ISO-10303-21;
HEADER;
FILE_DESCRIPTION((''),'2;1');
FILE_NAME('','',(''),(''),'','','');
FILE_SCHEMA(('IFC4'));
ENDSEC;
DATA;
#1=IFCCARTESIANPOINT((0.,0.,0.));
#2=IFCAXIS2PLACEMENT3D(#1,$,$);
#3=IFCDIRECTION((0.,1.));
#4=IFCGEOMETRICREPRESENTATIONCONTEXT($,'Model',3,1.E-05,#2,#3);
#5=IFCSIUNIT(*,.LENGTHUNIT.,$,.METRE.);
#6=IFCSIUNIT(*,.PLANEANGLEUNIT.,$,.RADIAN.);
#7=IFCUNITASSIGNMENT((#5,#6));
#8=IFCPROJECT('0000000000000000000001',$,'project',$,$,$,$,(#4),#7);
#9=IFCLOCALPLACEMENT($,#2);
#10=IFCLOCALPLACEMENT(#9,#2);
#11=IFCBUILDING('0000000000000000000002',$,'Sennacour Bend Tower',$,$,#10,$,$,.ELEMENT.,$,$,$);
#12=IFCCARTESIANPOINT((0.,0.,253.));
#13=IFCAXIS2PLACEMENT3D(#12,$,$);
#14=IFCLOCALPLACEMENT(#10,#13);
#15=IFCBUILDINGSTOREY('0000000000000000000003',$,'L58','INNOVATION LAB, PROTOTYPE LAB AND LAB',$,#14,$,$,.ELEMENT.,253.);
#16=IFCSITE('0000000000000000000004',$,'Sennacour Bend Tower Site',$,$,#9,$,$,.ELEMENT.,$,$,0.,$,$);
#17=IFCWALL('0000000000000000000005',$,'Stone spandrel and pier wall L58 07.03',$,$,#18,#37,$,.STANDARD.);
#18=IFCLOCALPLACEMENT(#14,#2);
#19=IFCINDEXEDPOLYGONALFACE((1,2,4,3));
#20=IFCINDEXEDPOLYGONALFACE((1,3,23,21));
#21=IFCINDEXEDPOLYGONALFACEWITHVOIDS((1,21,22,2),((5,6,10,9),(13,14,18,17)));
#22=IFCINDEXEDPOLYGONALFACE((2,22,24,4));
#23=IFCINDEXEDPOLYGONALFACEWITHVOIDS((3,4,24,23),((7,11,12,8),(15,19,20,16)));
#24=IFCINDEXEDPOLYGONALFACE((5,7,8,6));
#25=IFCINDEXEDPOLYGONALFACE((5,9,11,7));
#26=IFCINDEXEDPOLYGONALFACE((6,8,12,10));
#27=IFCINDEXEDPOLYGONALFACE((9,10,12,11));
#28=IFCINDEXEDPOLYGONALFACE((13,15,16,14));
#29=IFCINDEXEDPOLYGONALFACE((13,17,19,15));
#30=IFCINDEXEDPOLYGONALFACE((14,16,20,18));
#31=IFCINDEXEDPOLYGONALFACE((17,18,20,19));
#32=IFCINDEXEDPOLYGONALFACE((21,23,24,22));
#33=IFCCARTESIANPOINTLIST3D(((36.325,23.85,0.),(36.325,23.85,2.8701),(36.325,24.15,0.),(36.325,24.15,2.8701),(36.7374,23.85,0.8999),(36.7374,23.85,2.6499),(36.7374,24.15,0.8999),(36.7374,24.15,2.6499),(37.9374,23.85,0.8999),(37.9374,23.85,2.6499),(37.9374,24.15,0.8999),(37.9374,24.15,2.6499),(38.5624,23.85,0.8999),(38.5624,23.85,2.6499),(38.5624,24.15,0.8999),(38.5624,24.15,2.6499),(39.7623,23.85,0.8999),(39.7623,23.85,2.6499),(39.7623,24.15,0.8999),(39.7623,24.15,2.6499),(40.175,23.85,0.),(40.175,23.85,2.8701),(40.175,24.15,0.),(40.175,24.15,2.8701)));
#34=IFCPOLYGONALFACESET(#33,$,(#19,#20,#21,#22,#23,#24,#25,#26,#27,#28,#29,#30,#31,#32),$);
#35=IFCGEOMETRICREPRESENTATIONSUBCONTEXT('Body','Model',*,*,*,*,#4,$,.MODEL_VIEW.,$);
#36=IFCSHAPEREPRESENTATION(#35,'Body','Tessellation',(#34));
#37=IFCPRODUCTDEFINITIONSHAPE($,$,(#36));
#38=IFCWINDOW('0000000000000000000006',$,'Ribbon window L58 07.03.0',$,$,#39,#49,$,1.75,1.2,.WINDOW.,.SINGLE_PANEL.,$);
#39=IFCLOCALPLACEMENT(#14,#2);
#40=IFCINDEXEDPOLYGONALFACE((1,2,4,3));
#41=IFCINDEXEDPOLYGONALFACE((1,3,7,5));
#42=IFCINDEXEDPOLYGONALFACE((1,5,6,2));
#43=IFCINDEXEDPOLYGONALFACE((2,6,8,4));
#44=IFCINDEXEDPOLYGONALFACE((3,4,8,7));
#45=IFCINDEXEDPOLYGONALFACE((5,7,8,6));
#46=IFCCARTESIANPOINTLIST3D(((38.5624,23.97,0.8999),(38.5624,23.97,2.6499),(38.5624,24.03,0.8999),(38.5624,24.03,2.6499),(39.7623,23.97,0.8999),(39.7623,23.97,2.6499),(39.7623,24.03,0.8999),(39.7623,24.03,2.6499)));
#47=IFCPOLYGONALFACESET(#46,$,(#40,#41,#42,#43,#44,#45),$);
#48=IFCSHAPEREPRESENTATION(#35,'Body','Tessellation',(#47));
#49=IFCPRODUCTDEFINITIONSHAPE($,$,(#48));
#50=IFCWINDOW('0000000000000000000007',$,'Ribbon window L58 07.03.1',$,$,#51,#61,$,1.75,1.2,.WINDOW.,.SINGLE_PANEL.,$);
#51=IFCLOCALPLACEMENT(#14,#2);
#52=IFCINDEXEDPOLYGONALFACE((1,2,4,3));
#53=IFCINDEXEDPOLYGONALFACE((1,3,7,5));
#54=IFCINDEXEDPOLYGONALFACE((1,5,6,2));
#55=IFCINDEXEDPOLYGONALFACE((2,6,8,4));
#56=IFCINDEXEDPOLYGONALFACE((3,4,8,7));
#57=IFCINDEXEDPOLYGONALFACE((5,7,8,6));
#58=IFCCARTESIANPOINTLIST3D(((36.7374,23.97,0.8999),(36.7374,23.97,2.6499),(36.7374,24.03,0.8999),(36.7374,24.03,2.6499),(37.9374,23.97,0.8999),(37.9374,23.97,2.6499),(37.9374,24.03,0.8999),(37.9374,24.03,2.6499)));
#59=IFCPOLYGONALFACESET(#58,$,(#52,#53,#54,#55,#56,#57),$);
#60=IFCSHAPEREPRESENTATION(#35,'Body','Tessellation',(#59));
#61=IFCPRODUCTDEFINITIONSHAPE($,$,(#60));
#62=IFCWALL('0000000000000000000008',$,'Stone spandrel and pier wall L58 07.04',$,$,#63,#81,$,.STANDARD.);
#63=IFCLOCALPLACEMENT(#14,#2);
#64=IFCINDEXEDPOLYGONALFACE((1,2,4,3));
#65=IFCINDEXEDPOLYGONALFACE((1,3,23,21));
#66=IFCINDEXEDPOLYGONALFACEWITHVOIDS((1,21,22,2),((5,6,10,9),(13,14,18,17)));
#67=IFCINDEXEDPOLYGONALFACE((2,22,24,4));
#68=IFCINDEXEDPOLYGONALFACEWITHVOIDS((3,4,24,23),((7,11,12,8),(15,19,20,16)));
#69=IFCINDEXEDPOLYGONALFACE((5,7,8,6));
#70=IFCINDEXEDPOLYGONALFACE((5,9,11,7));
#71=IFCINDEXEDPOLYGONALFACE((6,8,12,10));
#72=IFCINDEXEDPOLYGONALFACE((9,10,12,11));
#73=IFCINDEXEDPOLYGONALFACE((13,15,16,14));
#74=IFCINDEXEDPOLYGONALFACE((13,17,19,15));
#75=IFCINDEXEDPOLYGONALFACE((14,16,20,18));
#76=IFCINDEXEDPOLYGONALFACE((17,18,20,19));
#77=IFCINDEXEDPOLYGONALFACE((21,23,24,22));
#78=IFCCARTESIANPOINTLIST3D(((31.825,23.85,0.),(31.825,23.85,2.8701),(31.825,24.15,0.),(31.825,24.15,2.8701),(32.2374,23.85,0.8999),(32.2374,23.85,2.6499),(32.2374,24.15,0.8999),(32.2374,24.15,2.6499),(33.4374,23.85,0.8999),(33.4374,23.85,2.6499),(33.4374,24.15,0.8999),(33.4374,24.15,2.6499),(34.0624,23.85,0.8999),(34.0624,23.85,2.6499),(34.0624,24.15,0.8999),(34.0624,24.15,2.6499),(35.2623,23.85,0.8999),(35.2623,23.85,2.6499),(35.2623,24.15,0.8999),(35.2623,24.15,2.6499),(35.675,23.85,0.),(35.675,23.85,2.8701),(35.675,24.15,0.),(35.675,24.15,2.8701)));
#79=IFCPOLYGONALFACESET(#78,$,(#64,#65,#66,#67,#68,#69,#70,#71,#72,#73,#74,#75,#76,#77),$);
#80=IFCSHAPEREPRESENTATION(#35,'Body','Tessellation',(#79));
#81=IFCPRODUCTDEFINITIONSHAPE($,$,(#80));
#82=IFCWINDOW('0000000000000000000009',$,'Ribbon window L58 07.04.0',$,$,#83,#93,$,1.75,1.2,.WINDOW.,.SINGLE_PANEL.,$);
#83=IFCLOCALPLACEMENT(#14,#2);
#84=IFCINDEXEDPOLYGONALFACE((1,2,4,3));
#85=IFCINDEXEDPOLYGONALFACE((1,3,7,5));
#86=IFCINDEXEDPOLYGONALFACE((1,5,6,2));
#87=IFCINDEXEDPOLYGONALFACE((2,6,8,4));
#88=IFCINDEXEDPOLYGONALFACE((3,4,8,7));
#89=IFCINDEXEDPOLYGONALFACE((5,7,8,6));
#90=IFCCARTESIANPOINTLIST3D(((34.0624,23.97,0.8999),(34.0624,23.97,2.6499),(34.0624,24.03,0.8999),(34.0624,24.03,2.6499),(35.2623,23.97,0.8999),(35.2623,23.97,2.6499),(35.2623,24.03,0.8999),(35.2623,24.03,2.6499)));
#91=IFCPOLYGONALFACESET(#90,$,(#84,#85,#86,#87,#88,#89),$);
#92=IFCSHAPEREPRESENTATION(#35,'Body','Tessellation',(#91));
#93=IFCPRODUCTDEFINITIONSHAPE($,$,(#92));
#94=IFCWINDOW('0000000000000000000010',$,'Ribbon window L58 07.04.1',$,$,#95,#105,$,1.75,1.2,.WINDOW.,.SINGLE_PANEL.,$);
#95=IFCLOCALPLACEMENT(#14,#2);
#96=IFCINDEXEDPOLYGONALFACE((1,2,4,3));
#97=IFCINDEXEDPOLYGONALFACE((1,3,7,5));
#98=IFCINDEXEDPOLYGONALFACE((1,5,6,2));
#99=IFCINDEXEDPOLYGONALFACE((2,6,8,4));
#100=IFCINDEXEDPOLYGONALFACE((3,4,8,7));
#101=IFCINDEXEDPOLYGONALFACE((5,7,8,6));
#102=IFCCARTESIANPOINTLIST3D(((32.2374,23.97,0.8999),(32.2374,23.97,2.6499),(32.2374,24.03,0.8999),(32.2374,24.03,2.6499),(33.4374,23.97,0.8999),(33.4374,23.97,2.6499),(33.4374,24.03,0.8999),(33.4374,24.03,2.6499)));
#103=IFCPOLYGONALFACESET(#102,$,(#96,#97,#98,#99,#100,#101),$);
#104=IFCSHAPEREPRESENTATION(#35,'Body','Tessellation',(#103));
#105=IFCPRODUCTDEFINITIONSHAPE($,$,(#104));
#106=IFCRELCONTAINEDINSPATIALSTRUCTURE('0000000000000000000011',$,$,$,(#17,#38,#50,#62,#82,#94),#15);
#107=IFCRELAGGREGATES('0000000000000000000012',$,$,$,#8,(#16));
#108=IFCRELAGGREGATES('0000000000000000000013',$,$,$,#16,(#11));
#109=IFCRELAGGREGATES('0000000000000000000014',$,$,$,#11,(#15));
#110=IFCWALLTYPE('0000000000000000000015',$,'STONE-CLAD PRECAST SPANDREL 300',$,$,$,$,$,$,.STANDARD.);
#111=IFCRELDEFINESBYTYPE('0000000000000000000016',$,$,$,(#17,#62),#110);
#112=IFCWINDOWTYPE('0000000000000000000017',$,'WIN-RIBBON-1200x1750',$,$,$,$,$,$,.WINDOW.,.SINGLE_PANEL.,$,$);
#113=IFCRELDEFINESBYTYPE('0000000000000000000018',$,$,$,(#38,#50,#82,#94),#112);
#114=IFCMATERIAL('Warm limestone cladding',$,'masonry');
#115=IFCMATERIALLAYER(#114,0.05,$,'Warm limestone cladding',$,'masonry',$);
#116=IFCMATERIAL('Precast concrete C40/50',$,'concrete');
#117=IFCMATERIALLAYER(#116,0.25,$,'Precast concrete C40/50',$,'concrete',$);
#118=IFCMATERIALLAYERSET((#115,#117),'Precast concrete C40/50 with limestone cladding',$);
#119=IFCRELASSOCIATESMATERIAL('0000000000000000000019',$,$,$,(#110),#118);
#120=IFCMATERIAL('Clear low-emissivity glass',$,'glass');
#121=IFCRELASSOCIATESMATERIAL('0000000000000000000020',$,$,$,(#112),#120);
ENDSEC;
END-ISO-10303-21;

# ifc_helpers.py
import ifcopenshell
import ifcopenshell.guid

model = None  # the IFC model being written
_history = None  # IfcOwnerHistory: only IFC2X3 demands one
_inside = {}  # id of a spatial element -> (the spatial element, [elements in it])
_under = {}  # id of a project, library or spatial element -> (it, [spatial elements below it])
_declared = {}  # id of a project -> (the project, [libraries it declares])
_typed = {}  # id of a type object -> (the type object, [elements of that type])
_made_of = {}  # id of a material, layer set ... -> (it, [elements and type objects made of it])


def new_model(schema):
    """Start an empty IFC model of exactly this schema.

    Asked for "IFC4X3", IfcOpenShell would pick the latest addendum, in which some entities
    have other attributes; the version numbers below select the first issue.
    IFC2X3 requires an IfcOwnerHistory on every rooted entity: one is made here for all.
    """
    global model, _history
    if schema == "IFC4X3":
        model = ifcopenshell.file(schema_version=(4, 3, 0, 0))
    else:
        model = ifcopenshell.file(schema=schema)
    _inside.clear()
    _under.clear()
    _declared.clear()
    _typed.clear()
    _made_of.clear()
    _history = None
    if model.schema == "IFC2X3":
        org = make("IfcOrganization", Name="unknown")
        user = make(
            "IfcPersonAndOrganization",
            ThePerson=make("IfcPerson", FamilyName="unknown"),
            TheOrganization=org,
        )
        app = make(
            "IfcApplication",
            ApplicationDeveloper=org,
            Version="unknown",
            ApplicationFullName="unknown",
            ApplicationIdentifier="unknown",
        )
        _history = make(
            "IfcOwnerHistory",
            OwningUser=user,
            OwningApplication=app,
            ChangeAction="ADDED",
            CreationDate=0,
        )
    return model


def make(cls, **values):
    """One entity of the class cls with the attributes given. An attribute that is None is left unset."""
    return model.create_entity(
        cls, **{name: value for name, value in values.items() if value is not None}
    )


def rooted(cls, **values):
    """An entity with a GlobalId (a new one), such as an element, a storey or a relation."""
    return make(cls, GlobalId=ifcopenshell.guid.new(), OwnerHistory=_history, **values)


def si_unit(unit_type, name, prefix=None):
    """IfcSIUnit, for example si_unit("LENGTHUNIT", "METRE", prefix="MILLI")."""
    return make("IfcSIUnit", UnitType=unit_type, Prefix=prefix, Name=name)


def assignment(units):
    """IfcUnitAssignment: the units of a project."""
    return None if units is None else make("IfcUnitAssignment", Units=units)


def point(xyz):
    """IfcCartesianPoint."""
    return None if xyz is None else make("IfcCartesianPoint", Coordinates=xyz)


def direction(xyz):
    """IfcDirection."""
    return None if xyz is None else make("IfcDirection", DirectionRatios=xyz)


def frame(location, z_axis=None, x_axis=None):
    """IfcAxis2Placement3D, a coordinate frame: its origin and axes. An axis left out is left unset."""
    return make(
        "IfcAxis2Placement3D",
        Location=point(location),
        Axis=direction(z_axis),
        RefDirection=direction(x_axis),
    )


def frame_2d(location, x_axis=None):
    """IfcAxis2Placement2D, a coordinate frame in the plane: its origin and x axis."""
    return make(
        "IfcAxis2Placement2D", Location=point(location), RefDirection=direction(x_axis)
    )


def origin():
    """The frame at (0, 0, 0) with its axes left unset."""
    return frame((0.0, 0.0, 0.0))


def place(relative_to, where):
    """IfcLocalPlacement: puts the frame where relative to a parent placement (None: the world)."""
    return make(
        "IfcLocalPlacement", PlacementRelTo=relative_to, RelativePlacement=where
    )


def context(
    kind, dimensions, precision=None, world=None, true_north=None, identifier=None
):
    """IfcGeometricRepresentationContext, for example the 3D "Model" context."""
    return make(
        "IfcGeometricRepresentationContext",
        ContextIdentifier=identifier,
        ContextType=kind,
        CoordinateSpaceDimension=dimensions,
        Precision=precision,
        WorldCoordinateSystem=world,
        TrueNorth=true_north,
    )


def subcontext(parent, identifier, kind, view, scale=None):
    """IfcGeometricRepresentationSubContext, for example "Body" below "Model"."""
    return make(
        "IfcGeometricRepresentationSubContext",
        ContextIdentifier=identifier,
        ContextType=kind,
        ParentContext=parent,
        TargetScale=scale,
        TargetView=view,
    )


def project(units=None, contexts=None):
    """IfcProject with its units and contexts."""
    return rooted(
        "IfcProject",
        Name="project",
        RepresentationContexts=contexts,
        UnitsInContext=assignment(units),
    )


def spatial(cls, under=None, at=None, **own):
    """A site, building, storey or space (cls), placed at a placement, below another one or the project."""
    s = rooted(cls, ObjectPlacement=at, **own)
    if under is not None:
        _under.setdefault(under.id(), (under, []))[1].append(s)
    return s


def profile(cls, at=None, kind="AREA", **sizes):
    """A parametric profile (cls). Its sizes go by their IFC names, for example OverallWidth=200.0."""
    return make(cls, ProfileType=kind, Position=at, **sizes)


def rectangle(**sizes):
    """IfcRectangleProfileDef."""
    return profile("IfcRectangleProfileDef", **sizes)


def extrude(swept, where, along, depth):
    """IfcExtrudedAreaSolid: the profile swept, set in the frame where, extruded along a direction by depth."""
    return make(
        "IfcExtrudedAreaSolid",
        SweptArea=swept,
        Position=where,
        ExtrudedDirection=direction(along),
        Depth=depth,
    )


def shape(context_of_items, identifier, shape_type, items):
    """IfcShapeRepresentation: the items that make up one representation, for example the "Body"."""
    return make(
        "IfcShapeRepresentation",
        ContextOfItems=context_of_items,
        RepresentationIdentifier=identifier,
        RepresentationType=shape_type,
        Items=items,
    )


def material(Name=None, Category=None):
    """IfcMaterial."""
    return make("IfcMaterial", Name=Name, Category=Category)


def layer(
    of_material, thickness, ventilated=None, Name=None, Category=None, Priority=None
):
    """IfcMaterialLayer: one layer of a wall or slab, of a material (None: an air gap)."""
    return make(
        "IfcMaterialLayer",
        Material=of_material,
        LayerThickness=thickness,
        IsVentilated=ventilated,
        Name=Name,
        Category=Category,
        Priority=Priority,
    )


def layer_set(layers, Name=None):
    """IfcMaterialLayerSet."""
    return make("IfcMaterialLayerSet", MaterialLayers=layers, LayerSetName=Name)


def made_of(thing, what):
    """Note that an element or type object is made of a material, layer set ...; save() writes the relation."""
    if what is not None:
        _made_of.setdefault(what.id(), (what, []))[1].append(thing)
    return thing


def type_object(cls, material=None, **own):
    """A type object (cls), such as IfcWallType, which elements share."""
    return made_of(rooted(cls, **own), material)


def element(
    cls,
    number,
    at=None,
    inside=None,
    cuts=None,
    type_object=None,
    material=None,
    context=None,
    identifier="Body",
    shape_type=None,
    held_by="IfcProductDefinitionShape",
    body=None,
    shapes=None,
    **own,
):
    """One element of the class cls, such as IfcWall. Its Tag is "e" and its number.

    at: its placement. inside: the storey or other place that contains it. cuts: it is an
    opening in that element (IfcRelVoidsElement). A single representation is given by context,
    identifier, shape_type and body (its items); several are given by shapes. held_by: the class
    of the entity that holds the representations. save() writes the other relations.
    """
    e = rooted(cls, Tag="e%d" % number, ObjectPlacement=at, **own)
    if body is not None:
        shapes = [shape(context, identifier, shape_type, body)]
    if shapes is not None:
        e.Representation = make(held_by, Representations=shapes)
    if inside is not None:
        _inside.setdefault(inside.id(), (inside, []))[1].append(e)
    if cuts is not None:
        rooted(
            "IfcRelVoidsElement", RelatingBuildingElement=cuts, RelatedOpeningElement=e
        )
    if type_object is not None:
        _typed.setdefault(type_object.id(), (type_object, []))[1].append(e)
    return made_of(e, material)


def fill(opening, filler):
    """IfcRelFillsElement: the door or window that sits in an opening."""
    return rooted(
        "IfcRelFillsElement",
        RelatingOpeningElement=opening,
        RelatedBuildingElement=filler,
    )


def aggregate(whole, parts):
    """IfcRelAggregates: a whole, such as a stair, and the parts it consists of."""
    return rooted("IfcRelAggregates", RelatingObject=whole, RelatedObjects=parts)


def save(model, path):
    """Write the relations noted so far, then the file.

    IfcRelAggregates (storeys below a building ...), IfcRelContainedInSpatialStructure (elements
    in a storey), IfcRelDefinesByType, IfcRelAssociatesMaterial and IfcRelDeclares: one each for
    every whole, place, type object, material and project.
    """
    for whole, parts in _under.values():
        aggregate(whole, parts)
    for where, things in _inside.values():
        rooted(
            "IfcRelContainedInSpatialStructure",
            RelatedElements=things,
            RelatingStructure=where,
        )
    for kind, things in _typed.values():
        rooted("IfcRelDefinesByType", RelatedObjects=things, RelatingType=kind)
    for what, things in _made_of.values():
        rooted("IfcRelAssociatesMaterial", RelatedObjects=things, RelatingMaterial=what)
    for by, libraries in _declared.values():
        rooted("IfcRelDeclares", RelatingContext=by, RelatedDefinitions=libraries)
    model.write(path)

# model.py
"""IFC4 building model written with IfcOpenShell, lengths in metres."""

from ifc_helpers import new_model, si_unit, direction, frame, frame_2d, origin, place, context, subcontext, project, spatial, rectangle, extrude, material, layer, layer_set, type_object, element, fill, save


model = new_model("IFC4")

# Units and contexts
model_context = context("Model", 3, precision=1e-05, world=origin(), true_north=direction((0.0, 1.0)))
body_context = subcontext(model_context, "Body", "Model", "MODEL_VIEW")
ifc_project = project(units=[si_unit("LENGTHUNIT", "METRE"), si_unit("PLANEANGLEUNIT", "RADIAN")], contexts=[model_context])

# Site, building, storey
site_placement = place(None, origin())
site = spatial("IfcSite", under=ifc_project, at=site_placement, Name="Sennacour Bend Tower Site", CompositionType="ELEMENT", RefElevation=0.0)
building_placement = place(site_placement, origin())
building = spatial("IfcBuilding", under=site, at=building_placement, Name="Sennacour Bend Tower", CompositionType="ELEMENT")
storey_placement = place(building_placement, frame((0.0, 0.0, 253.0)))
storey = spatial("IfcBuildingStorey", under=building, at=storey_placement, Name="L58", Description="INNOVATION LAB, PROTOTYPE LAB AND LAB", CompositionType="ELEMENT", Elevation=253.0)

# Walls, openings, windows
ifc_material_1 = material(Name="Warm limestone cladding", Category="masonry")
ifc_layer_1 = layer(ifc_material_1, 0.05, Name="Warm limestone cladding", Category="masonry")
ifc_material_2 = material(Name="Precast concrete C40/50", Category="concrete")
ifc_layer_2 = layer(ifc_material_2, 0.25, Name="Precast concrete C40/50", Category="concrete")
ifc_layer_set_1 = layer_set([ifc_layer_1, ifc_layer_2], Name="Precast concrete C40/50 with limestone cladding")
wall_type_1 = type_object("IfcWallType", Name="STONE-CLAD PRECAST SPANDREL 300", PredefinedType="STANDARD", material=ifc_layer_set_1)
ifc_material_3 = material(Name="Clear low-emissivity glass", Category="glass")
window_type = type_object("IfcWindowType", Name="WIN-RIBBON-1200x1750", PartitioningType="SINGLE_PANEL", PredefinedType="WINDOW", material=ifc_material_3)
wall_1_placement = place(storey_placement, frame((40.175, 24.0, 0.0), z_axis=(0.0, 0.0, 1.0), x_axis=(-1.0, 0.0, 0.0)))
wall_1 = element("IfcWall", 1, at=wall_1_placement, inside=storey, type_object=wall_type_1, Name="Stone spandrel and pier wall L58 07.03", PredefinedType="STANDARD", context=body_context, shape_type="SweptSolid", body=[
    extrude(rectangle(XDim=3.8501, YDim=0.3, at=frame_2d((1.925, 0.0))), origin(), (0.0, 0.0, 1.0), 2.8701),
])
opening_1_placement = place(wall_1_placement, frame((0.4126, 0.0, 0.8999)))
opening_1 = element("IfcOpeningElement", 2, at=opening_1_placement, cuts=wall_1, PredefinedType="OPENING", context=body_context, shape_type="SweptSolid", body=[
    extrude(rectangle(XDim=1.2, YDim=1.75, at=frame_2d((0.6001, 0.875))), frame((0.0, 0.1602, 0.0), z_axis=(0.0, -1.0, 0.0), x_axis=(1.0, 0.0, 0.0)), (0.0, 0.0, 1.0), 0.3201),
])
opening_2_placement = place(wall_1_placement, frame((2.2375, 0.0, 0.8999)))
opening_2 = element("IfcOpeningElement", 3, at=opening_2_placement, cuts=wall_1, PredefinedType="OPENING", context=body_context, shape_type="SweptSolid", body=[
    extrude(rectangle(XDim=1.2, YDim=1.75, at=frame_2d((0.6001, 0.875))), frame((0.0, 0.1602, 0.0), z_axis=(0.0, -1.0, 0.0), x_axis=(1.0, 0.0, 0.0)), (0.0, 0.0, 1.0), 0.3201),
])
window_1_placement = place(opening_1_placement, origin())
window_1 = element("IfcWindow", 4, at=window_1_placement, inside=storey, type_object=window_type, Name="Ribbon window L58 07.03.0", OverallHeight=1.75, OverallWidth=1.2, PartitioningType="SINGLE_PANEL", PredefinedType="WINDOW", context=body_context, shape_type="SweptSolid", body=[
    extrude(rectangle(XDim=1.2, YDim=1.75, at=frame_2d((0.6001, 0.875))), frame((0.0, 0.03, 0.0), z_axis=(0.0, -1.0, 0.0), x_axis=(1.0, 0.0, 0.0)), (0.0, 0.0, 1.0), 0.0601),
])
fill(opening_1, window_1)
window_2_placement = place(opening_2_placement, origin())
window_2 = element("IfcWindow", 5, at=window_2_placement, inside=storey, type_object=window_type, Name="Ribbon window L58 07.03.1", OverallHeight=1.75, OverallWidth=1.2, PartitioningType="SINGLE_PANEL", PredefinedType="WINDOW", context=body_context, shape_type="SweptSolid", body=[
    extrude(rectangle(XDim=1.2, YDim=1.75, at=frame_2d((0.6001, 0.875))), frame((0.0, 0.03, 0.0), z_axis=(0.0, -1.0, 0.0), x_axis=(1.0, 0.0, 0.0)), (0.0, 0.0, 1.0), 0.0601),
])
fill(opening_2, window_2)
wall_2_placement = place(storey_placement, frame((35.675, 24.0, 0.0), z_axis=(0.0, 0.0, 1.0), x_axis=(-1.0, 0.0, 0.0)))
wall_2 = element("IfcWall", 6, at=wall_2_placement, inside=storey, type_object=wall_type_1, Name="Stone spandrel and pier wall L58 07.04", PredefinedType="STANDARD", context=body_context, shape_type="SweptSolid", body=[
    extrude(rectangle(XDim=3.8501, YDim=0.3, at=frame_2d((1.925, 0.0))), origin(), (0.0, 0.0, 1.0), 2.8701),
])
opening_3_placement = place(wall_2_placement, frame((0.4126, 0.0, 0.8999)))
opening_3 = element("IfcOpeningElement", 7, at=opening_3_placement, cuts=wall_2, PredefinedType="OPENING", context=body_context, shape_type="SweptSolid", body=[
    extrude(rectangle(XDim=1.2, YDim=1.75, at=frame_2d((0.6001, 0.875))), frame((0.0, 0.1602, 0.0), z_axis=(0.0, -1.0, 0.0), x_axis=(1.0, 0.0, 0.0)), (0.0, 0.0, 1.0), 0.3201),
])
opening_4_placement = place(wall_2_placement, frame((2.2375, 0.0, 0.8999)))
opening_4 = element("IfcOpeningElement", 8, at=opening_4_placement, cuts=wall_2, PredefinedType="OPENING", context=body_context, shape_type="SweptSolid", body=[
    extrude(rectangle(XDim=1.2, YDim=1.75, at=frame_2d((0.6001, 0.875))), frame((0.0, 0.1602, 0.0), z_axis=(0.0, -1.0, 0.0), x_axis=(1.0, 0.0, 0.0)), (0.0, 0.0, 1.0), 0.3201),
])
window_3_placement = place(opening_3_placement, origin())
window_3 = element("IfcWindow", 9, at=window_3_placement, inside=storey, type_object=window_type, Name="Ribbon window L58 07.04.0", OverallHeight=1.75, OverallWidth=1.2, PartitioningType="SINGLE_PANEL", PredefinedType="WINDOW", context=body_context, shape_type="SweptSolid", body=[
    extrude(rectangle(XDim=1.2, YDim=1.75, at=frame_2d((0.6001, 0.875))), frame((0.0, 0.03, 0.0), z_axis=(0.0, -1.0, 0.0), x_axis=(1.0, 0.0, 0.0)), (0.0, 0.0, 1.0), 0.0601),
])
fill(opening_3, window_3)
window_4_placement = place(opening_4_placement, origin())
window_4 = element("IfcWindow", 10, at=window_4_placement, inside=storey, type_object=window_type, Name="Ribbon window L58 07.04.1", OverallHeight=1.75, OverallWidth=1.2, PartitioningType="SINGLE_PANEL", PredefinedType="WINDOW", context=body_context, shape_type="SweptSolid", body=[
    extrude(rectangle(XDim=1.2, YDim=1.75, at=frame_2d((0.6001, 0.875))), frame((0.0, 0.03, 0.0), z_axis=(0.0, -1.0, 0.0), x_axis=(1.0, 0.0, 0.0)), (0.0, 0.0, 1.0), 0.0601),
])
fill(opening_4, window_4)

save(model, "model.ifc")
